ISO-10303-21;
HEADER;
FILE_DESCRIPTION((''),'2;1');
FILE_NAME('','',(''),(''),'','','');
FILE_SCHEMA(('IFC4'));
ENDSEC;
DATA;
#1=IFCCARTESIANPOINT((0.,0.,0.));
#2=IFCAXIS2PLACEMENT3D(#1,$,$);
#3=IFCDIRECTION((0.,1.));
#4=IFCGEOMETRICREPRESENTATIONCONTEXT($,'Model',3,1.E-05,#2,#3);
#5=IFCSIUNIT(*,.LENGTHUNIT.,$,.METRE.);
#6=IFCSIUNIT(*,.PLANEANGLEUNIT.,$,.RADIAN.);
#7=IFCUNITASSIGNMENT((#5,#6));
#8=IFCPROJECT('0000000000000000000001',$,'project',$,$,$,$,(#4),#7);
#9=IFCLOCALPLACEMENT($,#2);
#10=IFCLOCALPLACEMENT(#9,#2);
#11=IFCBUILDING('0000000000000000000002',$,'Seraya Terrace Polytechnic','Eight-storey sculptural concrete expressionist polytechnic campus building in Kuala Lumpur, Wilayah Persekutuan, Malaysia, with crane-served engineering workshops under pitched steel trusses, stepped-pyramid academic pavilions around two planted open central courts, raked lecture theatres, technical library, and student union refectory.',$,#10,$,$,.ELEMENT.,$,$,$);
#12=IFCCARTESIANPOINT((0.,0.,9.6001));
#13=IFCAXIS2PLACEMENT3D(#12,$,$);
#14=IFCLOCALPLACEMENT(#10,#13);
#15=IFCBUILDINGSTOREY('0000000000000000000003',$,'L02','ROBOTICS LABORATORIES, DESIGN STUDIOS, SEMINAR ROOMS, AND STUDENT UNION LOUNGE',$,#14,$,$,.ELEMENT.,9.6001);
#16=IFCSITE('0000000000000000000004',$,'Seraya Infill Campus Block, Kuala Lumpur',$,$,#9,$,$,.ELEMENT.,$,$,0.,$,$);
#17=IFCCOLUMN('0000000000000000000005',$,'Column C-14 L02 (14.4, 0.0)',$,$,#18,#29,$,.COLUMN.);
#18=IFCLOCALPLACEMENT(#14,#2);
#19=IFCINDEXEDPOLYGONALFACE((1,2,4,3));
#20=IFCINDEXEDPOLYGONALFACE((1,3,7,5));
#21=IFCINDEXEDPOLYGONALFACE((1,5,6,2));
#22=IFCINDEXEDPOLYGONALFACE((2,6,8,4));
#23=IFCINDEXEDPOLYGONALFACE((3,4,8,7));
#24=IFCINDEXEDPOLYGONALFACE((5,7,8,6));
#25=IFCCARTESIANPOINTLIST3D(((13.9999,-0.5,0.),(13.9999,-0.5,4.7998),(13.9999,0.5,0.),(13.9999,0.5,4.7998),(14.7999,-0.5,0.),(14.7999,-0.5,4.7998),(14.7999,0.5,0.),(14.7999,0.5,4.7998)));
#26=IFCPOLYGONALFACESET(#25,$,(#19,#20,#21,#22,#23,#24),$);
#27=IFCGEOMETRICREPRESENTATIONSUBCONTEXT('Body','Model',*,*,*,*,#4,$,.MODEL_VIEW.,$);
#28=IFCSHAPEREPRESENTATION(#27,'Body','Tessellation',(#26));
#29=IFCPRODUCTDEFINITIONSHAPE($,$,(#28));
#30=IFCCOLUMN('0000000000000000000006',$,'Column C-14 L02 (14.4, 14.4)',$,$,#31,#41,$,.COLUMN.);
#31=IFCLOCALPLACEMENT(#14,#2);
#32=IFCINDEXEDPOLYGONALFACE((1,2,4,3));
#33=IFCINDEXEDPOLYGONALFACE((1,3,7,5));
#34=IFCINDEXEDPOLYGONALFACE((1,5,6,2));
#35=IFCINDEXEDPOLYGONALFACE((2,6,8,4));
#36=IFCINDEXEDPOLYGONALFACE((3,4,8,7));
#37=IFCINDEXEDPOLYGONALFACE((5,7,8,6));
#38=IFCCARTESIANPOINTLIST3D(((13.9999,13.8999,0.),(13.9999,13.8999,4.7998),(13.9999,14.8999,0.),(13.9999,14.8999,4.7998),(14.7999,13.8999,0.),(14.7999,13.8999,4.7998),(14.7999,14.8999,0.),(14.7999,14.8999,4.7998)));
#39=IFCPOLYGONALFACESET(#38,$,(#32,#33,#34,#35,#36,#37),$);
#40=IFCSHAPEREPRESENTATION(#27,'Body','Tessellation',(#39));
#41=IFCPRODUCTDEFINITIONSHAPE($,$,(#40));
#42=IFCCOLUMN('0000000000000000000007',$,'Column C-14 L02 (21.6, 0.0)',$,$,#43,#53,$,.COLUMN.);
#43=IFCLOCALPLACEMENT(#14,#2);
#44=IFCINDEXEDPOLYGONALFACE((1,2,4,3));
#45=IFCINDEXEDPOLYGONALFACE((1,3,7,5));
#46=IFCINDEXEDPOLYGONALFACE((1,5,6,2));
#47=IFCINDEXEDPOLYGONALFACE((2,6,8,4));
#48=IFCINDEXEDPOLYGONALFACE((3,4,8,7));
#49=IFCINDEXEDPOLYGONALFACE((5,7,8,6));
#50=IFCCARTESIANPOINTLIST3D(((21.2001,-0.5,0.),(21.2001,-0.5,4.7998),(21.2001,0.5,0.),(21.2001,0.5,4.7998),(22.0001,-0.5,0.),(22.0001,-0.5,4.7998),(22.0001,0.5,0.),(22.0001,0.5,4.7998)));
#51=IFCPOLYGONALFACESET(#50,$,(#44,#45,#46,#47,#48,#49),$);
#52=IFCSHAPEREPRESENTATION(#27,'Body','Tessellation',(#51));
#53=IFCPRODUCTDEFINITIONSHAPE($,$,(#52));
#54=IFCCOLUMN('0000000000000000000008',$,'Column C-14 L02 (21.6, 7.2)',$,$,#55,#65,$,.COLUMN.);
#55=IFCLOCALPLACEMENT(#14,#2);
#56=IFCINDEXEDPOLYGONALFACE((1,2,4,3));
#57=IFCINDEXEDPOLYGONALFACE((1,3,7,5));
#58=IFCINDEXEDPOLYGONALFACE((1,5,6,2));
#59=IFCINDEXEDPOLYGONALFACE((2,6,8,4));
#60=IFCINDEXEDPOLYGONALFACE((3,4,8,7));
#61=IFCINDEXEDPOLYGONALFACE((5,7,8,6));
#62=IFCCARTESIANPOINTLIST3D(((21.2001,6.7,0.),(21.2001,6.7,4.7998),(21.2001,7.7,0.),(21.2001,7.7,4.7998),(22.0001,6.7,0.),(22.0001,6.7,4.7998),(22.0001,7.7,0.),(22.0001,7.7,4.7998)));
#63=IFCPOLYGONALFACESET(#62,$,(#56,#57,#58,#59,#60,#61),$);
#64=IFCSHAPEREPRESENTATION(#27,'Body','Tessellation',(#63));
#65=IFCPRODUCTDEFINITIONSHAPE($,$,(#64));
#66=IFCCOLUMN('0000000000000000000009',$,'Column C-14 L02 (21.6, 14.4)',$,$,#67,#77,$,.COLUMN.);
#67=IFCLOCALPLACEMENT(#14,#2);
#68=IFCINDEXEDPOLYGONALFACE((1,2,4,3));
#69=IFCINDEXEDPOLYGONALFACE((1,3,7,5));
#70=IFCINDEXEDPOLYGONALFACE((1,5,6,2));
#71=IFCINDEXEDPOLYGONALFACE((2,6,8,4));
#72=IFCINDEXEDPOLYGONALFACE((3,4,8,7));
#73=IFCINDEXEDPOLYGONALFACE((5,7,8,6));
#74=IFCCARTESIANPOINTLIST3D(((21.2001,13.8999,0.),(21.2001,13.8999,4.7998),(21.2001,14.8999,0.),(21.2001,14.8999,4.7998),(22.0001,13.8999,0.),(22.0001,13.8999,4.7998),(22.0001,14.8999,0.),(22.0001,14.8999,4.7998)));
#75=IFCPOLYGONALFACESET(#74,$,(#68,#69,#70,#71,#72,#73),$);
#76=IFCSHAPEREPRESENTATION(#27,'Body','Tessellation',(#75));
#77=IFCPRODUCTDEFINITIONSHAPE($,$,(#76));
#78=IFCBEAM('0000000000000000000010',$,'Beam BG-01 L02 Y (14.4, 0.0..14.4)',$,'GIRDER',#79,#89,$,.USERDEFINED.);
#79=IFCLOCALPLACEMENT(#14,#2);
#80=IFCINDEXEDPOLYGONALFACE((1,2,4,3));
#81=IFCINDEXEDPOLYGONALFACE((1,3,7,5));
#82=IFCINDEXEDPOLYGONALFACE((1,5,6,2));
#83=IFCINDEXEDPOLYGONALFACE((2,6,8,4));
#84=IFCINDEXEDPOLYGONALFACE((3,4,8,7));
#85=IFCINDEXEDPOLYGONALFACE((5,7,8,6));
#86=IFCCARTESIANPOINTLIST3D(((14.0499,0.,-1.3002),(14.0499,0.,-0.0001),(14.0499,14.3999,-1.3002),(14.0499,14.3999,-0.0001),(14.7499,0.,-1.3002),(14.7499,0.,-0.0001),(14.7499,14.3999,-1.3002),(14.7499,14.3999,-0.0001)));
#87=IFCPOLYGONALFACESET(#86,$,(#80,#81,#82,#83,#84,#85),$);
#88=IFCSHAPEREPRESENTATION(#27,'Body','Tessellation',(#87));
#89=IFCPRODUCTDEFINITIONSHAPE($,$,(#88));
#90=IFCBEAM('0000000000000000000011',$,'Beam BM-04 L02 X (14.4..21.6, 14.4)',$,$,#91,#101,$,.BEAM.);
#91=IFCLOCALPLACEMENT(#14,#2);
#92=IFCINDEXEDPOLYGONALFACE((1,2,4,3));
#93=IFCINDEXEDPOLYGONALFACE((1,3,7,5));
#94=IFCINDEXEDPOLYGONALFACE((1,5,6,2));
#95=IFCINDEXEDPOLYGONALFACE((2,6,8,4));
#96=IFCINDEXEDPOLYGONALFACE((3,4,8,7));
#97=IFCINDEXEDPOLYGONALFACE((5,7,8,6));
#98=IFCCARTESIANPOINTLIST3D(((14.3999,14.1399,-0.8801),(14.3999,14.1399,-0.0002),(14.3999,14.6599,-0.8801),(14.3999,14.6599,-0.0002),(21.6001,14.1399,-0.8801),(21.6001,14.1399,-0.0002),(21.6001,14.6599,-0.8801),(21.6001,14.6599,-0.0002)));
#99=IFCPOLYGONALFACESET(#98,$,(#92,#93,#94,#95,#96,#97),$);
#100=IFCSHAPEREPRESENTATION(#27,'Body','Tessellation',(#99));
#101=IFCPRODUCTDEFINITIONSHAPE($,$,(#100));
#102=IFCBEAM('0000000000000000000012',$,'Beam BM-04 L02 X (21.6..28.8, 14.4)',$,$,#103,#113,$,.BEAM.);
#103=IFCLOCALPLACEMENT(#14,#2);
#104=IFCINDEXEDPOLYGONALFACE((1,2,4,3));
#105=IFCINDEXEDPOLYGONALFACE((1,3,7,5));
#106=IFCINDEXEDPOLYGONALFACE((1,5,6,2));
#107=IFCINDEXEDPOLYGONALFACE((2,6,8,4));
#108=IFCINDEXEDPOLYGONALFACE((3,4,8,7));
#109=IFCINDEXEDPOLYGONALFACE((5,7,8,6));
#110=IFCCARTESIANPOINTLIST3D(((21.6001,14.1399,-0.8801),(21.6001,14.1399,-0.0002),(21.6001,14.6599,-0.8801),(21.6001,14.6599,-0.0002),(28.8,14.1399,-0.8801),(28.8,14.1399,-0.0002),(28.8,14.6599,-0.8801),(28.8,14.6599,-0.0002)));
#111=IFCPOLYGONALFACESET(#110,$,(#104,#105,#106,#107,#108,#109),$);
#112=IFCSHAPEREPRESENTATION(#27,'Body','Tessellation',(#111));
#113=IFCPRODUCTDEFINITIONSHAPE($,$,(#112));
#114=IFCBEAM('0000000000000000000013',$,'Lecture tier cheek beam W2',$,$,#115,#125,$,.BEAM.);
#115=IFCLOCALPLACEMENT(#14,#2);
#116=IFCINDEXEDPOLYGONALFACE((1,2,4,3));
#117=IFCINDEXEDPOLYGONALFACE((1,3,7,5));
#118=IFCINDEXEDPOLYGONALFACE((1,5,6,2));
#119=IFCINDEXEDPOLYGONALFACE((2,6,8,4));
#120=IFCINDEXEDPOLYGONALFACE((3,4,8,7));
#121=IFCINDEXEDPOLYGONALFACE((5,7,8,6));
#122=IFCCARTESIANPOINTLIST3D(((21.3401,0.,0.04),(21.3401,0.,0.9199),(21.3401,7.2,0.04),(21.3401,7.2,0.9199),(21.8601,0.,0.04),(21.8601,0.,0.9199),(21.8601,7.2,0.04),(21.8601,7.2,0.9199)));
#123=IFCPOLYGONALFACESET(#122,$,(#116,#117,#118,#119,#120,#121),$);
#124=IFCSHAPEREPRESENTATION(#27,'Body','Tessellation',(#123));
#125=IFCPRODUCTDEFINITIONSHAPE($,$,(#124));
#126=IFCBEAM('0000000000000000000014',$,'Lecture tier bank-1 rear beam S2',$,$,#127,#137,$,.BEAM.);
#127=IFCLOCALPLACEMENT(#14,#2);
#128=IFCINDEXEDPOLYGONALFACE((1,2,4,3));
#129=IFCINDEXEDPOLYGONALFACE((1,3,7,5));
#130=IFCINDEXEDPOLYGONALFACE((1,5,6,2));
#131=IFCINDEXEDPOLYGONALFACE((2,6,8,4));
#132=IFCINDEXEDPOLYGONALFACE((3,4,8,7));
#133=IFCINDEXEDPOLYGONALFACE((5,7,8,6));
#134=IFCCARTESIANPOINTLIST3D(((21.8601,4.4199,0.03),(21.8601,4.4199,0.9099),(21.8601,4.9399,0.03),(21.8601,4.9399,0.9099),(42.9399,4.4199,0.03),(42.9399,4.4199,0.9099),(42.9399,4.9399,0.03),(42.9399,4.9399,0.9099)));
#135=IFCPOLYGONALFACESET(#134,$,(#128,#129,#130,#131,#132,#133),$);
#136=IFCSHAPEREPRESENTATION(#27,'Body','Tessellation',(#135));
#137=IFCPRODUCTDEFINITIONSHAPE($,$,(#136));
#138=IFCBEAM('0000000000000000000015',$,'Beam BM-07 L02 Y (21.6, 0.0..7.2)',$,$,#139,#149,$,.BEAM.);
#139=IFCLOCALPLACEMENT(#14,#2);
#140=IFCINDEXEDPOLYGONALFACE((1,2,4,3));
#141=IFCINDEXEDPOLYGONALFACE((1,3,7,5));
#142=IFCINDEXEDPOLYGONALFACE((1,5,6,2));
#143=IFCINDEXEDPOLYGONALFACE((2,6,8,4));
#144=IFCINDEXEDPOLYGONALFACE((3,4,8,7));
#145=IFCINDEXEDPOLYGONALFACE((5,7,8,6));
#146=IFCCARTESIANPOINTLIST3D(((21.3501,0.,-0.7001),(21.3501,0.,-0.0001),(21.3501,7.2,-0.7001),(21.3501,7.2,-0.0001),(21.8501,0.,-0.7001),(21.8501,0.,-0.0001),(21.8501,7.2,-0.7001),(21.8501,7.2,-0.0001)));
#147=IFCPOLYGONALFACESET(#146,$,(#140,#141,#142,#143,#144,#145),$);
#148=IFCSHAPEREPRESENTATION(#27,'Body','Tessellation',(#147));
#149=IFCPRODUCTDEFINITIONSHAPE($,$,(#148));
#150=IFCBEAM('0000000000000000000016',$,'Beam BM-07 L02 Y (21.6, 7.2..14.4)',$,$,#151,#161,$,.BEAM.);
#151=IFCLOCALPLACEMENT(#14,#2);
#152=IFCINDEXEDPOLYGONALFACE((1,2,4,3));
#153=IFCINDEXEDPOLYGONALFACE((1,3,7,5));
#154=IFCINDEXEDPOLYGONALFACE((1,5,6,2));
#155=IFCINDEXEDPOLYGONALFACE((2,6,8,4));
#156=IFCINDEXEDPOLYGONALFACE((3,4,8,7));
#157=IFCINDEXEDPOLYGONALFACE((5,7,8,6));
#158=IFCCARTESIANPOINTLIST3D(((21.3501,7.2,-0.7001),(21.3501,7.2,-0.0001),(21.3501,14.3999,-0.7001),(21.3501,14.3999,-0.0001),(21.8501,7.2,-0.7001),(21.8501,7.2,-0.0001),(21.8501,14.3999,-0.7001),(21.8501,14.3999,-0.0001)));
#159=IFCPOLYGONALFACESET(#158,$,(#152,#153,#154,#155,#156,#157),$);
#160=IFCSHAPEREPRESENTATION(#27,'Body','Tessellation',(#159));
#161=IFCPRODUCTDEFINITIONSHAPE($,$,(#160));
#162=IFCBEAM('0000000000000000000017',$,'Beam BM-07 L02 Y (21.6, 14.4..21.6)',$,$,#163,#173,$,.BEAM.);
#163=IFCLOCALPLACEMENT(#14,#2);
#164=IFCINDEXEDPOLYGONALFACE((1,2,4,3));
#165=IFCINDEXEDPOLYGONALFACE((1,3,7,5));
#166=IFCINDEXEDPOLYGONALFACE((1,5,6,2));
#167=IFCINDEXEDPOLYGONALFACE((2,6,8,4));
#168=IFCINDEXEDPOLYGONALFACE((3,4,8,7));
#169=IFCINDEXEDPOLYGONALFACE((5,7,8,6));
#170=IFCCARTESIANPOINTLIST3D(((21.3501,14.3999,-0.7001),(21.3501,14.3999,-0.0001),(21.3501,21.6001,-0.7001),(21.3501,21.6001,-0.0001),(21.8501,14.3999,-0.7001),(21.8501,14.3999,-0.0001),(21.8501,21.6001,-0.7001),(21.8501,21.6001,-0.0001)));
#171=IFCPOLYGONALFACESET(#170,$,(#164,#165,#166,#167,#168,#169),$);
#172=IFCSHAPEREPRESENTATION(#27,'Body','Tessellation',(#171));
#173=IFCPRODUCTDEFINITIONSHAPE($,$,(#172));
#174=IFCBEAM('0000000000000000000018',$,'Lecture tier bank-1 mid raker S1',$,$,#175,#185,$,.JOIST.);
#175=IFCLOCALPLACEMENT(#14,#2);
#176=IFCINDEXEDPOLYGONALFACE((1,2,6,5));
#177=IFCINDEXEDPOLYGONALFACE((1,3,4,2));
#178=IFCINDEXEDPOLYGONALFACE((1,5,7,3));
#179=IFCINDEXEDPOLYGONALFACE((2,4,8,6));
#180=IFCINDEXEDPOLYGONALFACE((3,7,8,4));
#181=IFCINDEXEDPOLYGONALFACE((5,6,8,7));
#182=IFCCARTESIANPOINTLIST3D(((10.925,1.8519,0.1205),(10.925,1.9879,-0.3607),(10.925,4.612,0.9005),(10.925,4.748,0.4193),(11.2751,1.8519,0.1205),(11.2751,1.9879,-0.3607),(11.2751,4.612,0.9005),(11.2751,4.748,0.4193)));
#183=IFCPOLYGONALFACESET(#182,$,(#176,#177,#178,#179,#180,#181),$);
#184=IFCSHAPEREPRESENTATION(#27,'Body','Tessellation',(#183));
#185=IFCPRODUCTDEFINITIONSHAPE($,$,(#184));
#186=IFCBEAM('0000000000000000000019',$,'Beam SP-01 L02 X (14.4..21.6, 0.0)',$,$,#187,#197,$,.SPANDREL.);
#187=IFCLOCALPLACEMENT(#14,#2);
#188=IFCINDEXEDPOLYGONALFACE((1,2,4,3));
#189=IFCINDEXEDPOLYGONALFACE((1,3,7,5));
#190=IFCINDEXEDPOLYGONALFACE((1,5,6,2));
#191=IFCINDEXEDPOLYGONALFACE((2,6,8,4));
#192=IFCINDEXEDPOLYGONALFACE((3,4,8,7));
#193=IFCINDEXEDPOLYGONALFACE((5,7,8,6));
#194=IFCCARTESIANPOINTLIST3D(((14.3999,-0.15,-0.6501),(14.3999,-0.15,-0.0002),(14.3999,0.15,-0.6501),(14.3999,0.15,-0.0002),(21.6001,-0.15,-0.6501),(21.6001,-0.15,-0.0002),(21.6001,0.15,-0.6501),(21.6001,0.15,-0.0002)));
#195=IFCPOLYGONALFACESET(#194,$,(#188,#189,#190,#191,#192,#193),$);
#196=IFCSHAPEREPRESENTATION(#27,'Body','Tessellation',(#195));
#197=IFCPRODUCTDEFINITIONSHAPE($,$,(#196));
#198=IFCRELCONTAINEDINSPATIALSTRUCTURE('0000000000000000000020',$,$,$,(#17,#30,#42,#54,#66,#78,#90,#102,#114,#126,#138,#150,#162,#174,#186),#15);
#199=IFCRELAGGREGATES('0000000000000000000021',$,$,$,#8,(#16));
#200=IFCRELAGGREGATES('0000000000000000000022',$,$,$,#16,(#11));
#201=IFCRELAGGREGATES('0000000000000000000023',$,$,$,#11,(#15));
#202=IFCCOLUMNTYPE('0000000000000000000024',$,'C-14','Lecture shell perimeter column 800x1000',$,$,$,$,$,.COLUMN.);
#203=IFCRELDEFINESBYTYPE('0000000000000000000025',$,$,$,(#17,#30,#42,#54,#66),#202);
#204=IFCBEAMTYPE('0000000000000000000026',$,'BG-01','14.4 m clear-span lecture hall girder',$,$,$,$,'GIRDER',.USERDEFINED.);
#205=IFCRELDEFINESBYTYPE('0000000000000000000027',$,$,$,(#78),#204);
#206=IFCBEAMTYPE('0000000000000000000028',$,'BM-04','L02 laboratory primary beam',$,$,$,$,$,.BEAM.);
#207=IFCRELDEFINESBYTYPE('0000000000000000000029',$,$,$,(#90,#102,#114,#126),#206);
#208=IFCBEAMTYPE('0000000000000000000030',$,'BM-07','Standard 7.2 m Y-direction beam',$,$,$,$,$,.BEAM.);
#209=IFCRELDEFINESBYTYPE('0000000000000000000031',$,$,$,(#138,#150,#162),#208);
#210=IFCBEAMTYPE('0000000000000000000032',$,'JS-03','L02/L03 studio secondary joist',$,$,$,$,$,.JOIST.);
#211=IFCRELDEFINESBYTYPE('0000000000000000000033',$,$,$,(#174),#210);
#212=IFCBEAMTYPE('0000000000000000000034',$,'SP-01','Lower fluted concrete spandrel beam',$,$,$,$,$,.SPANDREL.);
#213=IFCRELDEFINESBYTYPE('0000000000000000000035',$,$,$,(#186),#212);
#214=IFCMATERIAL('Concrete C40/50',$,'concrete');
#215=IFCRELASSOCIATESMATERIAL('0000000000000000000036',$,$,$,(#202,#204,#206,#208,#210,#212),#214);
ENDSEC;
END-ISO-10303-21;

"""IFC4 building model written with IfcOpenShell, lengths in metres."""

from ifc_helpers import new_model, si_unit, direction, frame, origin, origin_2d, place, context, subcontext, project, spatial, rectangle, extrude, material, material_profile, profile_set, type_object, element, save


model = new_model("IFC4")

# Units and contexts
model_context = context("Model", 3, precision=1e-05, world=origin(), true_north=direction((0.0, 1.0)))
body_context = subcontext(model_context, "Body", "Model", "MODEL_VIEW")
ifc_project = project(units=[si_unit("LENGTHUNIT", "METRE"), si_unit("PLANEANGLEUNIT", "RADIAN")], contexts=[model_context])

# Site, building, storey
site_placement = place(None, origin())
site = spatial("IfcSite", under=ifc_project, at=site_placement, Name="Seraya Infill Campus Block, Kuala Lumpur", CompositionType="ELEMENT", RefElevation=0.0)
building_placement = place(site_placement, origin())
building = spatial("IfcBuilding", under=site, at=building_placement, Name="Seraya Terrace Polytechnic", Description="Eight-storey sculptural concrete expressionist polytechnic campus building in Kuala Lumpur, Wilayah Persekutuan, Malaysia, with crane-served engineering workshops under pitched steel trusses, stepped-pyramid academic pavilions around two planted open central courts, raked lecture theatres, technical library, and student union refectory.", CompositionType="ELEMENT")
storey_placement = place(building_placement, frame((0.0, 0.0, 9.6001)))
storey = spatial("IfcBuildingStorey", under=building, at=storey_placement, Name="L02", Description="ROBOTICS LABORATORIES, DESIGN STUDIOS, SEMINAR ROOMS, AND STUDENT UNION LOUNGE", CompositionType="ELEMENT", Elevation=9.6001)

# Columns
ifc_material_1 = material(Name="Concrete C40/50", Category="concrete")
ifc_material_profile_1 = material_profile(ifc_material_1, rectangle(XDim=0.8, YDim=1.0, at=origin_2d()), Name="RC 800x1000")
ifc_profile_set_1 = profile_set([ifc_material_profile_1], Name="Concrete C40/50")
column_type = type_object("IfcColumnType", Name="C-14", Description="Lecture shell perimeter column 800x1000", PredefinedType="COLUMN", material=ifc_profile_set_1)
for number, where, z_axis, x_axis, name in (
    (1, (14.3999, 0.0, 0.0), (0.0, 0.0, 1.0), (1.0, 0.0, 0.0), "Column C-14 L02 (14.4, 0.0)"),
    (2, (14.3999, 14.3999, 0.0), (0.0, 0.0, 1.0), (1.0, 0.0, 0.0), "Column C-14 L02 (14.4, 14.4)"),
    (3, (21.6001, 0.0, 0.0), (0.0, 0.0, 1.0), (1.0, 0.0, 0.0), "Column C-14 L02 (21.6, 0.0)"),
    (4, (21.6001, 7.2, 0.0), (0.0, 0.0, 1.0), (1.0, 0.0, 0.0), "Column C-14 L02 (21.6, 7.2)"),
    (5, (21.6001, 14.3999, 0.0), (0.0, 0.0, 1.0), (1.0, 0.0, 0.0), "Column C-14 L02 (21.6, 14.4)"),
):
    element("IfcColumn", number, at=place(storey_placement, frame(where, z_axis=z_axis, x_axis=x_axis)), inside=storey, type_object=column_type, Name=name, PredefinedType="COLUMN", context=body_context, shape_type="SweptSolid", body=[
        extrude(rectangle(XDim=0.8, YDim=1.0, at=origin_2d()), origin(), (0.0, 0.0, 1.0), 4.7998),
    ])

# Beams
ifc_material_profile_2 = material_profile(ifc_material_1, rectangle(XDim=0.7, YDim=1.3, at=origin_2d()), Name="RC 700x1300")
ifc_profile_set_2 = profile_set([ifc_material_profile_2], Name="Concrete C40/50")
beam_type_1 = type_object("IfcBeamType", Name="BG-01", Description="14.4 m clear-span lecture hall girder", ElementType="GIRDER", PredefinedType="USERDEFINED", material=ifc_profile_set_2)
beam_1_placement = place(storey_placement, frame((14.3999, 0.0, -0.6501), z_axis=(0.0, 1.0, 0.0), x_axis=(-1.0, 0.0, 0.0)))
element("IfcBeam", 6, at=beam_1_placement, inside=storey, type_object=beam_type_1, Name="Beam BG-01 L02 Y (14.4, 0.0..14.4)", ObjectType="GIRDER", PredefinedType="USERDEFINED", context=body_context, shape_type="SweptSolid", body=[
    extrude(rectangle(XDim=0.7, YDim=1.3, at=origin_2d()), origin(), (0.0, 0.0, 1.0), 14.3999),
])
ifc_material_profile_3 = material_profile(ifc_material_1, rectangle(XDim=0.52, YDim=0.8799, at=origin_2d()), Name="RC 520x880")
ifc_profile_set_3 = profile_set([ifc_material_profile_3], Name="Concrete C40/50")
beam_type_2 = type_object("IfcBeamType", Name="BM-04", Description="L02 laboratory primary beam", PredefinedType="BEAM", material=ifc_profile_set_3)
beam_2_placement = place(storey_placement, frame((14.3999, 14.3999, -0.4402), z_axis=(1.0, 0.0, 0.0), x_axis=(0.0, 1.0, 0.0)))
element("IfcBeam", 7, at=beam_2_placement, inside=storey, type_object=beam_type_2, Name="Beam BM-04 L02 X (14.4..21.6, 14.4)", PredefinedType="BEAM", context=body_context, shape_type="SweptSolid", body=[
    extrude(rectangle(XDim=0.52, YDim=0.8799, at=origin_2d()), origin(), (0.0, 0.0, 1.0), 7.2002),
])
for number, where, z_axis, x_axis, name in (
    (8, (21.6001, 14.3999, -0.4402), (1.0, 0.0, 0.0), (0.0, 1.0, 0.0), "Beam BM-04 L02 X (21.6..28.8, 14.4)"),
    (9, (21.6001, 0.0, 0.48), (0.0, 1.0, 0.0), (-1.0, 0.0, 0.0), "Lecture tier cheek beam W2"),
):
    element("IfcBeam", number, at=place(storey_placement, frame(where, z_axis=z_axis, x_axis=x_axis)), inside=storey, type_object=beam_type_2, Name=name, PredefinedType="BEAM", context=body_context, shape_type="SweptSolid", body=[
        extrude(rectangle(XDim=0.52, YDim=0.8799, at=origin_2d()), origin(), (0.0, 0.0, 1.0), 7.2),
    ])
beam_3_placement = place(storey_placement, frame((21.8601, 4.6799, 0.47), z_axis=(1.0, 0.0, 0.0), x_axis=(0.0, 1.0, 0.0)))
element("IfcBeam", 10, at=beam_3_placement, inside=storey, type_object=beam_type_2, Name="Lecture tier bank-1 rear beam S2", PredefinedType="BEAM", context=body_context, shape_type="SweptSolid", body=[
    extrude(rectangle(XDim=0.52, YDim=0.8799, at=origin_2d()), origin(), (0.0, 0.0, 1.0), 21.0798),
])
ifc_material_profile_4 = material_profile(ifc_material_1, rectangle(XDim=0.5, YDim=0.7, at=origin_2d()), Name="RC 500x700")
ifc_profile_set_4 = profile_set([ifc_material_profile_4], Name="Concrete C40/50")
beam_type_3 = type_object("IfcBeamType", Name="BM-07", Description="Standard 7.2 m Y-direction beam", PredefinedType="BEAM", material=ifc_profile_set_4)
for number, where, z_axis, x_axis, name in (
    (11, (21.6001, 0.0, -0.3501), (0.0, 1.0, 0.0), (-1.0, 0.0, 0.0), "Beam BM-07 L02 Y (21.6, 0.0..7.2)"),
    (12, (21.6001, 7.2, -0.3501), (0.0, 1.0, 0.0), (-1.0, 0.0, 0.0), "Beam BM-07 L02 Y (21.6, 7.2..14.4)"),
):
    element("IfcBeam", number, at=place(storey_placement, frame(where, z_axis=z_axis, x_axis=x_axis)), inside=storey, type_object=beam_type_3, Name=name, PredefinedType="BEAM", context=body_context, shape_type="SweptSolid", body=[
        extrude(rectangle(XDim=0.5, YDim=0.7, at=origin_2d()), origin(), (0.0, 0.0, 1.0), 7.2),
    ])
beam_4_placement = place(storey_placement, frame((21.6001, 14.3999, -0.3501), z_axis=(0.0, 1.0, 0.0), x_axis=(-1.0, 0.0, 0.0)))
element("IfcBeam", 13, at=beam_4_placement, inside=storey, type_object=beam_type_3, Name="Beam BM-07 L02 Y (21.6, 14.4..21.6)", PredefinedType="BEAM", context=body_context, shape_type="SweptSolid", body=[
    extrude(rectangle(XDim=0.5, YDim=0.7, at=origin_2d()), origin(), (0.0, 0.0, 1.0), 7.2002),
])
ifc_material_profile_5 = material_profile(ifc_material_1, rectangle(XDim=0.3501, YDim=0.5, at=origin_2d()), Name="RC 350x500")
ifc_profile_set_5 = profile_set([ifc_material_profile_5], Name="Concrete C40/50")
beam_type_4 = type_object("IfcBeamType", Name="JS-03", Description="L02/L03 studio secondary joist", PredefinedType="JOIST", material=ifc_profile_set_5)
beam_5_placement = place(storey_placement, frame((11.1001, 1.9199, -0.1201), z_axis=(0.0, 0.962307, 0.271966), x_axis=(-1.0, 0.0, 0.0)))
element("IfcBeam", 14, at=beam_5_placement, inside=storey, type_object=beam_type_4, Name="Lecture tier bank-1 mid raker S1", PredefinedType="JOIST", context=body_context, shape_type="SweptSolid", body=[
    extrude(rectangle(XDim=0.3501, YDim=0.5, at=origin_2d()), origin(), (0.0, 0.0, 1.0), 2.8682),
])
ifc_material_profile_6 = material_profile(ifc_material_1, rectangle(XDim=0.3, YDim=0.6499, at=origin_2d()), Name="RC 300x650")
ifc_profile_set_6 = profile_set([ifc_material_profile_6], Name="Concrete C40/50")
beam_type_5 = type_object("IfcBeamType", Name="SP-01", Description="Lower fluted concrete spandrel beam", PredefinedType="SPANDREL", material=ifc_profile_set_6)
beam_6_placement = place(storey_placement, frame((14.3999, 0.0, -0.3252), z_axis=(1.0, 0.0, 0.0), x_axis=(0.0, 1.0, 0.0)))
element("IfcBeam", 15, at=beam_6_placement, inside=storey, type_object=beam_type_5, Name="Beam SP-01 L02 X (14.4..21.6, 0.0)", PredefinedType="SPANDREL", context=body_context, shape_type="SweptSolid", body=[
    extrude(rectangle(XDim=0.3, YDim=0.6499, at=origin_2d()), origin(), (0.0, 0.0, 1.0), 7.2002),
])

save(model, "model.ifc")
